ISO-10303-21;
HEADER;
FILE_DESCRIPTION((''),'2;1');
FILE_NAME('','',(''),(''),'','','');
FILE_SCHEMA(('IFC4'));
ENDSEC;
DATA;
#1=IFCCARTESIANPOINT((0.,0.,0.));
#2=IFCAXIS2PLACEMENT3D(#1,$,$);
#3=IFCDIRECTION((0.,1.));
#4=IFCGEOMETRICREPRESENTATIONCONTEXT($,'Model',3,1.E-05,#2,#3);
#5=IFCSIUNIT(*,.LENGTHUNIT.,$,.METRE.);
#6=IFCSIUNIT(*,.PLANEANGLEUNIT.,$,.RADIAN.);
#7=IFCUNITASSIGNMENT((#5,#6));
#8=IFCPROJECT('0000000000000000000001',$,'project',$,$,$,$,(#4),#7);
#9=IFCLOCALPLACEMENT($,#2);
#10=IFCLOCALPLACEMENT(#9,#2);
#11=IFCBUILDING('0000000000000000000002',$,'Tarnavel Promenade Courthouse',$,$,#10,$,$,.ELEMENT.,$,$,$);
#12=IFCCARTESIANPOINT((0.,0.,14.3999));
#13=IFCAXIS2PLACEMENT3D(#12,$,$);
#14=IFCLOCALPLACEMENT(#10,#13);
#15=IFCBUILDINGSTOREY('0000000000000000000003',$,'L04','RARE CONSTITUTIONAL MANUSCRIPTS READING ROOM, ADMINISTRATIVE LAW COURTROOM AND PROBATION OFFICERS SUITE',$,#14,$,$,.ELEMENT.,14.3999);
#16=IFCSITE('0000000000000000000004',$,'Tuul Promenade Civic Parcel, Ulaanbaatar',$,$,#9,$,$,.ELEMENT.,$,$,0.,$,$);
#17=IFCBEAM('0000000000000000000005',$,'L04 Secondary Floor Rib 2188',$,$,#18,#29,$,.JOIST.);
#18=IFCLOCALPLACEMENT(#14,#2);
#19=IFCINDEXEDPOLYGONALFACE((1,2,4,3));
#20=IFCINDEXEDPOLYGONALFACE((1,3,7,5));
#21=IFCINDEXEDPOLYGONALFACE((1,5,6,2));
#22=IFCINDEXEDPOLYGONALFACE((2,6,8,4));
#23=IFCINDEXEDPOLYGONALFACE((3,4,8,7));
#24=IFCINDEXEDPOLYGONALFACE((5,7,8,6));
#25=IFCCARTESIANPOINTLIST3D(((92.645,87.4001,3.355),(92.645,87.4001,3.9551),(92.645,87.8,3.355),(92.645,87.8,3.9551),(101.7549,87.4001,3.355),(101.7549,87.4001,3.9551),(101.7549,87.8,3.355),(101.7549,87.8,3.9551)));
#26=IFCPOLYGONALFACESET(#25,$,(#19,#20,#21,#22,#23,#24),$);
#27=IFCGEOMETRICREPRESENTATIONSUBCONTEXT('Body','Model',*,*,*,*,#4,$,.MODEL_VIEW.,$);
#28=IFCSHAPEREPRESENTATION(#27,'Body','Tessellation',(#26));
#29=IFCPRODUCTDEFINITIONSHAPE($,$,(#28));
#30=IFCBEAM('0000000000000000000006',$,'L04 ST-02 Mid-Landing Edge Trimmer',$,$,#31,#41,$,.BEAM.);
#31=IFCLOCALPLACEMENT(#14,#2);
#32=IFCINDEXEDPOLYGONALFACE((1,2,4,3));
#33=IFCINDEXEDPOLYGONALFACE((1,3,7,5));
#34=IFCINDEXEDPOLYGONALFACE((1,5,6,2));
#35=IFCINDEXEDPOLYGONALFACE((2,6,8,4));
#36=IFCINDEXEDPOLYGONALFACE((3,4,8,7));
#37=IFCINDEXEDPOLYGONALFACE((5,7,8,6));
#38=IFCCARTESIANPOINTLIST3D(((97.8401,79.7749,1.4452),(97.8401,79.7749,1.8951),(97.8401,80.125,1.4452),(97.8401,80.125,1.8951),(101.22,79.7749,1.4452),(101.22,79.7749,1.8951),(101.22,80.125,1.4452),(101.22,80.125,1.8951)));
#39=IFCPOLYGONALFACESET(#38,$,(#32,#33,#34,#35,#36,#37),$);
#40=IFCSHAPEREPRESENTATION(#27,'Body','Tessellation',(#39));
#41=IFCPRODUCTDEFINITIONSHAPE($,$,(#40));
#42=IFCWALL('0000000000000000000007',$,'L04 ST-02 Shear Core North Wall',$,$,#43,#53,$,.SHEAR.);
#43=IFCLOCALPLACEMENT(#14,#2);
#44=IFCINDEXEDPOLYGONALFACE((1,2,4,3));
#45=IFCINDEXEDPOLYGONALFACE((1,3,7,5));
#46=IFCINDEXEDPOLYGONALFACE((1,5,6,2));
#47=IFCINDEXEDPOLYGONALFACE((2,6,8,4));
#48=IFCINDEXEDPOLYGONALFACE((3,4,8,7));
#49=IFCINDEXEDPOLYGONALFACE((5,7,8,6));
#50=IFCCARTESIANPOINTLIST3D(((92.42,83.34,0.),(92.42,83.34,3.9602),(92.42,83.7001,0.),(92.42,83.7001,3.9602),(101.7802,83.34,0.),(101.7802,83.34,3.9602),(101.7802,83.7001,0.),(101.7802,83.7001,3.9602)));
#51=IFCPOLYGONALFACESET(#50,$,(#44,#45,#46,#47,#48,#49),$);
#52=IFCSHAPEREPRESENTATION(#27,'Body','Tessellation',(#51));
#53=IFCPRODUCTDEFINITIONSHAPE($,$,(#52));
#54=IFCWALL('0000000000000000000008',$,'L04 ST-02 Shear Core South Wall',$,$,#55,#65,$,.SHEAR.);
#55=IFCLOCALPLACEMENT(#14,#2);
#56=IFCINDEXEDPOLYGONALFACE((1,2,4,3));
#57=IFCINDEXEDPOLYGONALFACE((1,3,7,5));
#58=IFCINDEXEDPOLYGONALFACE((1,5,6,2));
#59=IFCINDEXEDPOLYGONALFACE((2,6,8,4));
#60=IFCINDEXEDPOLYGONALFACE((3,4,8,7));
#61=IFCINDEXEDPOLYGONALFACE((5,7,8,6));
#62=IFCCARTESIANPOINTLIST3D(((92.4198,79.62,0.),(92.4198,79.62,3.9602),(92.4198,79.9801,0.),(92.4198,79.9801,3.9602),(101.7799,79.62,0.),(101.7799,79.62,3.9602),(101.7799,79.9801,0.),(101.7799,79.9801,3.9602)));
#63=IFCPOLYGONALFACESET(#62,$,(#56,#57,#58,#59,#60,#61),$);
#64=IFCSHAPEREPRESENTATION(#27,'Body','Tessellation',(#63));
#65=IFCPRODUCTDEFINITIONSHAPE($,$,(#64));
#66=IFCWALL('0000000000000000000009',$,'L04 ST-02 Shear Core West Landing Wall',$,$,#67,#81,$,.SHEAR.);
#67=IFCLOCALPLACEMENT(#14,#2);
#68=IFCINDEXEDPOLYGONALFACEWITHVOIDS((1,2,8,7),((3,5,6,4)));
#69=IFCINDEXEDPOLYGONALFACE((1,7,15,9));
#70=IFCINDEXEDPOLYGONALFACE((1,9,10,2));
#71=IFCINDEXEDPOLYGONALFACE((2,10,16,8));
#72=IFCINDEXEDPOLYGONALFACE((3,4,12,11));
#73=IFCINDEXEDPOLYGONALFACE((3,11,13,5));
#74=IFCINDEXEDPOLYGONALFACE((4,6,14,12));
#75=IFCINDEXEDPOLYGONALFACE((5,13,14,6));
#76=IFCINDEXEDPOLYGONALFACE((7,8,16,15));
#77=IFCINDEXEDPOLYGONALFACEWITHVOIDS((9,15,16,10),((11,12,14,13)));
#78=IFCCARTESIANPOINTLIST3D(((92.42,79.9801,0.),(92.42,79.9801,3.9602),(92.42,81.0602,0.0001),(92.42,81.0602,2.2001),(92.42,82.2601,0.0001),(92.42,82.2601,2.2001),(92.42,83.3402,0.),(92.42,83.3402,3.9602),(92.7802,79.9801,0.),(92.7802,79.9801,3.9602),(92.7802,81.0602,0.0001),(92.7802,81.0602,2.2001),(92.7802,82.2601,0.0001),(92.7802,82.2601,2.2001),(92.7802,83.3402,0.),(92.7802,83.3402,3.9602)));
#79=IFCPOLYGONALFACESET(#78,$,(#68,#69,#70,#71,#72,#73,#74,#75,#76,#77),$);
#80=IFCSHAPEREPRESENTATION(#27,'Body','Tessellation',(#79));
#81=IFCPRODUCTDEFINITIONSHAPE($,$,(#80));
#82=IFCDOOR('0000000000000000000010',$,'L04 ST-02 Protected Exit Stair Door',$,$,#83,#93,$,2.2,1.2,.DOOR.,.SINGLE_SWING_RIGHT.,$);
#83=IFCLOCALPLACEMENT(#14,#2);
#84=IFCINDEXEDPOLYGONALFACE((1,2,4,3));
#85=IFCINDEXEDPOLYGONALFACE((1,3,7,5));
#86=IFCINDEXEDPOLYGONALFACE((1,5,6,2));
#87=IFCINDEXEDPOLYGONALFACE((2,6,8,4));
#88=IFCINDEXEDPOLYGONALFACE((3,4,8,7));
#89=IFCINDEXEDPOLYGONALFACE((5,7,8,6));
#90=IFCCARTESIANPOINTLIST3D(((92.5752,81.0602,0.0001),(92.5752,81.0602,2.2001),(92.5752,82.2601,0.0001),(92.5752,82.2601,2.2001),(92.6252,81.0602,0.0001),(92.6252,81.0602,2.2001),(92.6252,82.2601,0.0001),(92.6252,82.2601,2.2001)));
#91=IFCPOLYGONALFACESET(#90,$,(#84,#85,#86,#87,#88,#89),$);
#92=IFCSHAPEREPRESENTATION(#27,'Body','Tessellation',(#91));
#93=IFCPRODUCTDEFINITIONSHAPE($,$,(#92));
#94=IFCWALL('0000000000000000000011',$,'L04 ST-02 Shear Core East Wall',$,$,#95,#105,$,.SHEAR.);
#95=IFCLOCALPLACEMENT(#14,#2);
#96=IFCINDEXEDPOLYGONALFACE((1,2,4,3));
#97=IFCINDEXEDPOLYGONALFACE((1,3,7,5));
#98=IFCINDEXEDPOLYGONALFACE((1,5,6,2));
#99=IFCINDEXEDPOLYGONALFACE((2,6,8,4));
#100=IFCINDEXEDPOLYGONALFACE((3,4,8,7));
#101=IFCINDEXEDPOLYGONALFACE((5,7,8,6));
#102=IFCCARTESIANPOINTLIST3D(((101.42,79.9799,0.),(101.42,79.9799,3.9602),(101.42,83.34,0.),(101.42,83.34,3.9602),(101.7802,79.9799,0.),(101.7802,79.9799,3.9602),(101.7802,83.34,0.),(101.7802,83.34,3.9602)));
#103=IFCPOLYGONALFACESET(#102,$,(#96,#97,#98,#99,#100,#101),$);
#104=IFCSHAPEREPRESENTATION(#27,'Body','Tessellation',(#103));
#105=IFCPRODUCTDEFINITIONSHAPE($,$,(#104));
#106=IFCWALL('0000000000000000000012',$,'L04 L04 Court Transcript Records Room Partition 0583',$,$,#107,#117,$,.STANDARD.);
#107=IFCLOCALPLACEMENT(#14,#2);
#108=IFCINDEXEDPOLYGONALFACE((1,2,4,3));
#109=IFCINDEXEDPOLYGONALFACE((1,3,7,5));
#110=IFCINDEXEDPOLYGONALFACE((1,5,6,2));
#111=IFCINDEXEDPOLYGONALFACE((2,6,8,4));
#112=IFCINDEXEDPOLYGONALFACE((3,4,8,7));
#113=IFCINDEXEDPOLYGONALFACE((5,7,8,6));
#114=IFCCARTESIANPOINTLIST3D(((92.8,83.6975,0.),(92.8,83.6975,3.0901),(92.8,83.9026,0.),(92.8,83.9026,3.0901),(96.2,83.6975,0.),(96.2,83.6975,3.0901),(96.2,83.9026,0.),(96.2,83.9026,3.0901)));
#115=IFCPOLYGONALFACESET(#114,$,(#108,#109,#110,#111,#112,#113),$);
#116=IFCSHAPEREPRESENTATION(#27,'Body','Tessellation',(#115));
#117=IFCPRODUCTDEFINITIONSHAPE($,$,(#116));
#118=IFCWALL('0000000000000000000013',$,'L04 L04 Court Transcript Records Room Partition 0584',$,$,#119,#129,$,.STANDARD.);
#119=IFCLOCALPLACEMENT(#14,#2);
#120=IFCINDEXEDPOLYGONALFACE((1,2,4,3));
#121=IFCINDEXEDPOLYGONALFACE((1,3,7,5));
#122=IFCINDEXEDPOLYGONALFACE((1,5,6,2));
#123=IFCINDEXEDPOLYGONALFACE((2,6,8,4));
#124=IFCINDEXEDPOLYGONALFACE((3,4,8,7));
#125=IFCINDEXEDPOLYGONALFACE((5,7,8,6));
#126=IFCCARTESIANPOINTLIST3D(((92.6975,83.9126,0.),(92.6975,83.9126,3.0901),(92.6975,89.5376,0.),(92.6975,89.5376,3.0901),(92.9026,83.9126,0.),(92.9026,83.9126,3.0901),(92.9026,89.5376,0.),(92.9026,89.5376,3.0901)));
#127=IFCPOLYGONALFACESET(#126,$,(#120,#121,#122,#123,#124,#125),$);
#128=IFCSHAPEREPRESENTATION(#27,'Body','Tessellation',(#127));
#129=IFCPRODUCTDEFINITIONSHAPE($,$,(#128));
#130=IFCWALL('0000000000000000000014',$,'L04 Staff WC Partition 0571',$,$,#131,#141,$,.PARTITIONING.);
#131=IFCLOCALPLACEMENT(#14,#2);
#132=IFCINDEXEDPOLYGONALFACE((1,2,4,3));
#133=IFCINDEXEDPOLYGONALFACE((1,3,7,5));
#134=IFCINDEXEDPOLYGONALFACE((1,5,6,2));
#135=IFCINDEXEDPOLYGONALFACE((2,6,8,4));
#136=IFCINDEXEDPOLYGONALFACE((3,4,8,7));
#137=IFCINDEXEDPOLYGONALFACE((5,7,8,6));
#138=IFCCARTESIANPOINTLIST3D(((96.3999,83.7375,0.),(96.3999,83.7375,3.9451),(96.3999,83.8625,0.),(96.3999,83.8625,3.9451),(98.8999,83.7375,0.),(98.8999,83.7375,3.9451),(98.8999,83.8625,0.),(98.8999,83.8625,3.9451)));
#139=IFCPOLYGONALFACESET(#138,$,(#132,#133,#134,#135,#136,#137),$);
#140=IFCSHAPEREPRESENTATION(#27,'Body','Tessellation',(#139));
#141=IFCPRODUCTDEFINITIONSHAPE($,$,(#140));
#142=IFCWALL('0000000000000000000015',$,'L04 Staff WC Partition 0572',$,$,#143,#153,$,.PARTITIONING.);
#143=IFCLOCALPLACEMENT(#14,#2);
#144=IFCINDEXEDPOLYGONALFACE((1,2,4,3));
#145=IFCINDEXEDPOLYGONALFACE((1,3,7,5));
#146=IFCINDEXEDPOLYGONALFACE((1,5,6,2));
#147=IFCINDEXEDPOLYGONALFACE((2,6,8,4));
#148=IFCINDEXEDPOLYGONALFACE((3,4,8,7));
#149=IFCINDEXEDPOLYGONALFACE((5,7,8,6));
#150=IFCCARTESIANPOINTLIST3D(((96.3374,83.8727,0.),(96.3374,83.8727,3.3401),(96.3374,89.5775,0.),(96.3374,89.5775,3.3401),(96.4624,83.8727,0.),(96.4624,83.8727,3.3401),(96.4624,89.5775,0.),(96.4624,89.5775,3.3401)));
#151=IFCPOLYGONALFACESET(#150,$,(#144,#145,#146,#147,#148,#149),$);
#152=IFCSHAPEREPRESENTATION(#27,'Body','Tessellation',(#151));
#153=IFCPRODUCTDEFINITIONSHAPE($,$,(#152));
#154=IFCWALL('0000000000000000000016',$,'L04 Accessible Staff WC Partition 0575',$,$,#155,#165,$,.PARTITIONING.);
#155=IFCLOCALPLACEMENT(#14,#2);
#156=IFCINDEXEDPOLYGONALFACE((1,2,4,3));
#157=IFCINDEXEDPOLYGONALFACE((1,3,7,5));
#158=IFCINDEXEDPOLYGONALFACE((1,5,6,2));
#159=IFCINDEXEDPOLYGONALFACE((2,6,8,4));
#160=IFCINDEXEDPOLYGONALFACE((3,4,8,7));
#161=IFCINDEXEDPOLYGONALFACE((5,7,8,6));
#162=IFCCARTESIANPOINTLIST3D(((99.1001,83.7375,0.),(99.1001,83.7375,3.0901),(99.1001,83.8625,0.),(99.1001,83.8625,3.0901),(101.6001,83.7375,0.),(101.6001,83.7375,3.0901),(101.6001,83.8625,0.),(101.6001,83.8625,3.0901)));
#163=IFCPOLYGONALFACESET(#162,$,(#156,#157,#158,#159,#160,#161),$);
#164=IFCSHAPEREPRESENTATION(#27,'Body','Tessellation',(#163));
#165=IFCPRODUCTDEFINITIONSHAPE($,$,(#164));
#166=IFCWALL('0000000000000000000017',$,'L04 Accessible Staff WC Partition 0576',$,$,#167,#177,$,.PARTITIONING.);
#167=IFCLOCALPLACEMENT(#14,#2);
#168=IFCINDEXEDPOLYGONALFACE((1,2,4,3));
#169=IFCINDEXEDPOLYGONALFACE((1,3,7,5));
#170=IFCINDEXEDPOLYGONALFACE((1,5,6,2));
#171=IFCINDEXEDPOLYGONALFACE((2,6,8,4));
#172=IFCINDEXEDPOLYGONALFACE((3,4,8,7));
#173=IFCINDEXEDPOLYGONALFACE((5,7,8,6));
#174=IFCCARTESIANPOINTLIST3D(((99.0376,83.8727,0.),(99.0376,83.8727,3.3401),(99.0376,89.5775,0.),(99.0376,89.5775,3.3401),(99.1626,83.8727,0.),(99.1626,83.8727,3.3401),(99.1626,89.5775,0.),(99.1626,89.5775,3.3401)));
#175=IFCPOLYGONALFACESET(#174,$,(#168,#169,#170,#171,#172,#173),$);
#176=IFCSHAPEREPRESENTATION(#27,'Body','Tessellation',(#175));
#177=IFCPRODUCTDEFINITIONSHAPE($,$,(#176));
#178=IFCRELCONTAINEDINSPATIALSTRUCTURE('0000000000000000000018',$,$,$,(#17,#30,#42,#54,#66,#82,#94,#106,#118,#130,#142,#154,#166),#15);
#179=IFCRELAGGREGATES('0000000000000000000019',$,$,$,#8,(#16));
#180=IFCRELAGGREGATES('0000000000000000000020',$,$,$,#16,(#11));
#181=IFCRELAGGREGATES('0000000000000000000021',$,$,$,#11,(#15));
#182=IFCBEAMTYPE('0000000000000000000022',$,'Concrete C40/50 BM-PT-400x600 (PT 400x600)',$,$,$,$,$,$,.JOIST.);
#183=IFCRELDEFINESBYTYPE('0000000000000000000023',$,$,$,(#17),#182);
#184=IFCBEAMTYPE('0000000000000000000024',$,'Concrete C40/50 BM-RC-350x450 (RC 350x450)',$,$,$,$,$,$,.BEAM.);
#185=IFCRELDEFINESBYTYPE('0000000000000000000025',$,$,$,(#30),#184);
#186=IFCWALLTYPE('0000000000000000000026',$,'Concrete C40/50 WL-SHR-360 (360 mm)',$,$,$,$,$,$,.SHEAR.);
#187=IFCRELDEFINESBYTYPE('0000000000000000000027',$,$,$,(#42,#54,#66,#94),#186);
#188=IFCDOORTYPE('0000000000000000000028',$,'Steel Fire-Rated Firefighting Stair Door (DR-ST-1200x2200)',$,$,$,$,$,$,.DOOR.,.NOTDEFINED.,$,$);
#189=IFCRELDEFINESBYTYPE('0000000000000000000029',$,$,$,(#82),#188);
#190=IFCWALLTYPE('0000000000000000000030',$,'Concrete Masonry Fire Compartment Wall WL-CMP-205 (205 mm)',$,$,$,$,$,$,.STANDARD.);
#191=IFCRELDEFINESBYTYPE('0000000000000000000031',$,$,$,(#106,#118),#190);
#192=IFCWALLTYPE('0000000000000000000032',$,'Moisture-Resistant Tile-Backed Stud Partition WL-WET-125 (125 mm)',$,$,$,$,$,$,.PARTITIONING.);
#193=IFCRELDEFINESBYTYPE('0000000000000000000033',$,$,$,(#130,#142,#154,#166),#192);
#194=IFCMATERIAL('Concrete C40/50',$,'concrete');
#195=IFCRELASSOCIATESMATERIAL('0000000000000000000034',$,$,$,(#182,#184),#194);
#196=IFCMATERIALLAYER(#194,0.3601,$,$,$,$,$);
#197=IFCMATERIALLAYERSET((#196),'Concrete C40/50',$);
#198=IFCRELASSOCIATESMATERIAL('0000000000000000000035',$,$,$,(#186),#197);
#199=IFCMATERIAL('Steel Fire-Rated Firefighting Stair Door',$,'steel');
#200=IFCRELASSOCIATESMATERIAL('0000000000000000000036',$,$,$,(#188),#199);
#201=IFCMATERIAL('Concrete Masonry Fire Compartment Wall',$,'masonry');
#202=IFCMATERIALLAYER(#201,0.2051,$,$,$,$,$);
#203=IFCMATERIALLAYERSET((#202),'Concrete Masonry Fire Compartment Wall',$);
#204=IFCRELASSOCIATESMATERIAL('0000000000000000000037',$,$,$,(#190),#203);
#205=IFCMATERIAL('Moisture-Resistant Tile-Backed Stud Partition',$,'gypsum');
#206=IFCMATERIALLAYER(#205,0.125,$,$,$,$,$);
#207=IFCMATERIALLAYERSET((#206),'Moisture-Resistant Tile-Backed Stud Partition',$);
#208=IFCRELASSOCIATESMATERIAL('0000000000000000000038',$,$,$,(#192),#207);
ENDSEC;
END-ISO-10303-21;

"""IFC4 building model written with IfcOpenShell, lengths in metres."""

from ifc_helpers import new_model, si_unit, direction, frame, frame_2d, origin, origin_2d, place, context, subcontext, project, spatial, rectangle, extrude, material, layer, layer_set, material_profile, profile_set, type_object, element, fill, save


model = new_model("IFC4")

# Units and contexts
model_context = context("Model", 3, precision=1e-05, world=origin(), true_north=direction((0.0, 1.0)))
body_context = subcontext(model_context, "Body", "Model", "MODEL_VIEW")
ifc_project = project(units=[si_unit("LENGTHUNIT", "METRE"), si_unit("PLANEANGLEUNIT", "RADIAN")], contexts=[model_context])

# Site, building, storey
site_placement = place(None, origin())
site = spatial("IfcSite", under=ifc_project, at=site_placement, Name="Tuul Promenade Civic Parcel, Ulaanbaatar", CompositionType="ELEMENT", RefElevation=0.0)
building_placement = place(site_placement, origin())
building = spatial("IfcBuilding", under=site, at=building_placement, Name="Tarnavel Promenade Courthouse", CompositionType="ELEMENT")
storey_placement = place(building_placement, frame((0.0, 0.0, 14.3999)))
storey = spatial("IfcBuildingStorey", under=building, at=storey_placement, Name="L04", Description="RARE CONSTITUTIONAL MANUSCRIPTS READING ROOM, ADMINISTRATIVE LAW COURTROOM AND PROBATION OFFICERS SUITE", CompositionType="ELEMENT", Elevation=14.3999)

# Beams
ifc_material_1 = material(Name="Concrete C40/50", Category="concrete")
ifc_material_profile_1 = material_profile(ifc_material_1, rectangle(XDim=0.3999, YDim=0.6001, at=origin_2d()), Name="PT 400x600")
ifc_profile_set_1 = profile_set([ifc_material_profile_1], Name="Concrete C40/50")
beam_type_1 = type_object("IfcBeamType", Name="Concrete C40/50 BM-PT-400x600 (PT 400x600)", PredefinedType="JOIST", material=ifc_profile_set_1)
beam_1_placement = place(storey_placement, frame((92.645, 87.6001, 3.655), z_axis=(1.0, 0.0, 0.0), x_axis=(0.0, 1.0, 0.0)))
element("IfcBeam", 1, at=beam_1_placement, inside=storey, type_object=beam_type_1, Name="L04 Secondary Floor Rib 2188", PredefinedType="JOIST", context=body_context, shape_type="SweptSolid", body=[
    extrude(rectangle(XDim=0.3999, YDim=0.6001, at=origin_2d()), origin(), (0.0, 0.0, 1.0), 9.1099),
])
ifc_material_profile_2 = material_profile(ifc_material_1, rectangle(XDim=0.3501, YDim=0.45, at=origin_2d()), Name="RC 350x450")
ifc_profile_set_2 = profile_set([ifc_material_profile_2], Name="Concrete C40/50")
beam_type_2 = type_object("IfcBeamType", Name="Concrete C40/50 BM-RC-350x450 (RC 350x450)", PredefinedType="BEAM", material=ifc_profile_set_2)
beam_2_placement = place(storey_placement, frame((97.8401, 79.95, 1.6702), z_axis=(1.0, 0.0, 0.0), x_axis=(0.0, 1.0, 0.0)))
element("IfcBeam", 2, at=beam_2_placement, inside=storey, type_object=beam_type_2, Name="L04 ST-02 Mid-Landing Edge Trimmer", PredefinedType="BEAM", context=body_context, shape_type="SweptSolid", body=[
    extrude(rectangle(XDim=0.3501, YDim=0.45, at=origin_2d()), origin(), (0.0, 0.0, 1.0), 3.3799),
])

# Walls
ifc_layer_1 = layer(ifc_material_1, 0.3601)
ifc_layer_set_1 = layer_set([ifc_layer_1], Name="Concrete C40/50")
wall_type_1 = type_object("IfcWallType", Name="Concrete C40/50 WL-SHR-360 (360 mm)", PredefinedType="SHEAR", material=ifc_layer_set_1)
for number, where, z_axis, x_axis, name in (
    (3, (92.4199, 83.52, 0.0), (0.0, 0.0, 1.0), (1.0, 0.0, 0.0), "L04 ST-02 Shear Core North Wall"),
    (4, (101.78, 79.8, 0.0), (0.0, 0.0, 1.0), (-1.0, 0.0, 0.0), "L04 ST-02 Shear Core South Wall"),
):
    element("IfcWall", number, at=place(storey_placement, frame(where, z_axis=z_axis, x_axis=x_axis)), inside=storey, type_object=wall_type_1, Name=name, PredefinedType="SHEAR", context=body_context, shape_type="SweptSolid", body=[
        extrude(rectangle(XDim=9.3601, YDim=0.3601, at=frame_2d((4.6802, 0.0))), origin(), (0.0, 0.0, 1.0), 3.9602),
    ])

# Wall, opening, door
wall_1_placement = place(storey_placement, frame((92.6001, 79.98, 0.0), z_axis=(0.0, 0.0, 1.0), x_axis=(0.0, 1.0, 0.0)))
wall_1 = element("IfcWall", 5, at=wall_1_placement, inside=storey, type_object=wall_type_1, Name="L04 ST-02 Shear Core West Landing Wall", PredefinedType="SHEAR", context=body_context, shape_type="SweptSolid", body=[
    extrude(rectangle(XDim=3.3601, YDim=0.3601, at=frame_2d((1.6802, 0.0))), origin(), (0.0, 0.0, 1.0), 3.9602),
])
opening_1_placement = place(wall_1_placement, frame((1.0801, 0.0, 0.0)))
opening_1 = element("IfcOpeningElement", 6, at=opening_1_placement, cuts=wall_1, PredefinedType="OPENING", context=body_context, shape_type="SweptSolid", body=[
    extrude(rectangle(XDim=1.2, YDim=2.2, at=frame_2d((0.6001, 1.1001))), frame((0.0, 0.1899, 0.0), z_axis=(0.0, -1.0, 0.0), x_axis=(1.0, 0.0, 0.0)), (0.0, 0.0, 1.0), 0.3801),
])
ifc_material_2 = material(Name="Steel Fire-Rated Firefighting Stair Door", Category="steel")
door_type = type_object("IfcDoorType", Name="Steel Fire-Rated Firefighting Stair Door (DR-ST-1200x2200)", OperationType="NOTDEFINED", PredefinedType="DOOR", material=ifc_material_2)
door_placement = place(opening_1_placement, origin())
door = element("IfcDoor", 7, at=door_placement, inside=storey, type_object=door_type, Name="L04 ST-02 Protected Exit Stair Door", OperationType="SINGLE_SWING_RIGHT", OverallHeight=2.2, OverallWidth=1.2, PredefinedType="DOOR", context=body_context, shape_type="SweptSolid", body=[
    extrude(rectangle(XDim=1.2, YDim=2.2, at=frame_2d((0.6001, 1.1001))), frame((0.0, 0.0249, 0.0), z_axis=(0.0, -1.0, 0.0), x_axis=(1.0, 0.0, 0.0)), (0.0, 0.0, 1.0), 0.05),
])
fill(opening_1, door)

# Walls
wall_2_placement = place(storey_placement, frame((101.6001, 83.3401, 0.0), z_axis=(0.0, 0.0, 1.0), x_axis=(0.0, -1.0, 0.0)))
element("IfcWall", 8, at=wall_2_placement, inside=storey, type_object=wall_type_1, Name="L04 ST-02 Shear Core East Wall", PredefinedType="SHEAR", context=body_context, shape_type="SweptSolid", body=[
    extrude(rectangle(XDim=3.3601, YDim=0.3601, at=frame_2d((1.6802, 0.0))), origin(), (0.0, 0.0, 1.0), 3.9602),
])
ifc_material_3 = material(Name="Concrete Masonry Fire Compartment Wall", Category="masonry")
ifc_layer_2 = layer(ifc_material_3, 0.2051)
ifc_layer_set_2 = layer_set([ifc_layer_2], Name="Concrete Masonry Fire Compartment Wall")
wall_type_2 = type_object("IfcWallType", Name="Concrete Masonry Fire Compartment Wall WL-CMP-205 (205 mm)", PredefinedType="STANDARD", material=ifc_layer_set_2)
wall_3_placement = place(storey_placement, frame((96.2, 83.8, 0.0), z_axis=(0.0, 0.0, 1.0), x_axis=(-1.0, 0.0, 0.0)))
element("IfcWall", 9, at=wall_3_placement, inside=storey, type_object=wall_type_2, Name="L04 L04 Court Transcript Records Room Partition 0583", PredefinedType="STANDARD", context=body_context, shape_type="SweptSolid", body=[
    extrude(rectangle(XDim=3.3999, YDim=0.2051, at=frame_2d((1.7, 0.0))), origin(), (0.0, 0.0, 1.0), 3.0901),
])
wall_4_placement = place(storey_placement, frame((92.8, 83.9126, 0.0), z_axis=(0.0, 0.0, 1.0), x_axis=(0.0, 1.0, 0.0)))
element("IfcWall", 10, at=wall_4_placement, inside=storey, type_object=wall_type_2, Name="L04 L04 Court Transcript Records Room Partition 0584", PredefinedType="STANDARD", context=body_context, shape_type="SweptSolid", body=[
    extrude(rectangle(XDim=5.625, YDim=0.2051, at=frame_2d((2.8125, 0.0))), origin(), (0.0, 0.0, 1.0), 3.0901),
])
ifc_material_4 = material(Name="Moisture-Resistant Tile-Backed Stud Partition", Category="gypsum")
ifc_layer_3 = layer(ifc_material_4, 0.125)
ifc_layer_set_3 = layer_set([ifc_layer_3], Name="Moisture-Resistant Tile-Backed Stud Partition")
wall_type_3 = type_object("IfcWallType", Name="Moisture-Resistant Tile-Backed Stud Partition WL-WET-125 (125 mm)", PredefinedType="PARTITIONING", material=ifc_layer_set_3)
wall_5_placement = place(storey_placement, frame((98.8999, 83.8, 0.0), z_axis=(0.0, 0.0, 1.0), x_axis=(-1.0, 0.0, 0.0)))
element("IfcWall", 11, at=wall_5_placement, inside=storey, type_object=wall_type_3, Name="L04 Staff WC Partition 0571", PredefinedType="PARTITIONING", context=body_context, shape_type="SweptSolid", body=[
    extrude(rectangle(XDim=2.5, YDim=0.125, at=frame_2d((1.25, 0.0))), origin(), (0.0, 0.0, 1.0), 3.9451),
])
wall_6_placement = place(storey_placement, frame((96.3999, 83.8726, 0.0), z_axis=(0.0, 0.0, 1.0), x_axis=(0.0, 1.0, 0.0)))
element("IfcWall", 12, at=wall_6_placement, inside=storey, type_object=wall_type_3, Name="L04 Staff WC Partition 0572", PredefinedType="PARTITIONING", context=body_context, shape_type="SweptSolid", body=[
    extrude(rectangle(XDim=5.7048, YDim=0.125, at=frame_2d((2.8525, 0.0))), origin(), (0.0, 0.0, 1.0), 3.3401),
])
wall_7_placement = place(storey_placement, frame((101.6001, 83.8, 0.0), z_axis=(0.0, 0.0, 1.0), x_axis=(-1.0, 0.0, 0.0)))
element("IfcWall", 13, at=wall_7_placement, inside=storey, type_object=wall_type_3, Name="L04 Accessible Staff WC Partition 0575", PredefinedType="PARTITIONING", context=body_context, shape_type="SweptSolid", body=[
    extrude(rectangle(XDim=2.5, YDim=0.125, at=frame_2d((1.25, 0.0))), origin(), (0.0, 0.0, 1.0), 3.0901),
])
wall_8_placement = place(storey_placement, frame((99.1001, 83.8726, 0.0), z_axis=(0.0, 0.0, 1.0), x_axis=(0.0, 1.0, 0.0)))
element("IfcWall", 14, at=wall_8_placement, inside=storey, type_object=wall_type_3, Name="L04 Accessible Staff WC Partition 0576", PredefinedType="PARTITIONING", context=body_context, shape_type="SweptSolid", body=[
    extrude(rectangle(XDim=5.7048, YDim=0.125, at=frame_2d((2.8525, 0.0))), origin(), (0.0, 0.0, 1.0), 3.3401),
])

save(model, "model.ifc")
